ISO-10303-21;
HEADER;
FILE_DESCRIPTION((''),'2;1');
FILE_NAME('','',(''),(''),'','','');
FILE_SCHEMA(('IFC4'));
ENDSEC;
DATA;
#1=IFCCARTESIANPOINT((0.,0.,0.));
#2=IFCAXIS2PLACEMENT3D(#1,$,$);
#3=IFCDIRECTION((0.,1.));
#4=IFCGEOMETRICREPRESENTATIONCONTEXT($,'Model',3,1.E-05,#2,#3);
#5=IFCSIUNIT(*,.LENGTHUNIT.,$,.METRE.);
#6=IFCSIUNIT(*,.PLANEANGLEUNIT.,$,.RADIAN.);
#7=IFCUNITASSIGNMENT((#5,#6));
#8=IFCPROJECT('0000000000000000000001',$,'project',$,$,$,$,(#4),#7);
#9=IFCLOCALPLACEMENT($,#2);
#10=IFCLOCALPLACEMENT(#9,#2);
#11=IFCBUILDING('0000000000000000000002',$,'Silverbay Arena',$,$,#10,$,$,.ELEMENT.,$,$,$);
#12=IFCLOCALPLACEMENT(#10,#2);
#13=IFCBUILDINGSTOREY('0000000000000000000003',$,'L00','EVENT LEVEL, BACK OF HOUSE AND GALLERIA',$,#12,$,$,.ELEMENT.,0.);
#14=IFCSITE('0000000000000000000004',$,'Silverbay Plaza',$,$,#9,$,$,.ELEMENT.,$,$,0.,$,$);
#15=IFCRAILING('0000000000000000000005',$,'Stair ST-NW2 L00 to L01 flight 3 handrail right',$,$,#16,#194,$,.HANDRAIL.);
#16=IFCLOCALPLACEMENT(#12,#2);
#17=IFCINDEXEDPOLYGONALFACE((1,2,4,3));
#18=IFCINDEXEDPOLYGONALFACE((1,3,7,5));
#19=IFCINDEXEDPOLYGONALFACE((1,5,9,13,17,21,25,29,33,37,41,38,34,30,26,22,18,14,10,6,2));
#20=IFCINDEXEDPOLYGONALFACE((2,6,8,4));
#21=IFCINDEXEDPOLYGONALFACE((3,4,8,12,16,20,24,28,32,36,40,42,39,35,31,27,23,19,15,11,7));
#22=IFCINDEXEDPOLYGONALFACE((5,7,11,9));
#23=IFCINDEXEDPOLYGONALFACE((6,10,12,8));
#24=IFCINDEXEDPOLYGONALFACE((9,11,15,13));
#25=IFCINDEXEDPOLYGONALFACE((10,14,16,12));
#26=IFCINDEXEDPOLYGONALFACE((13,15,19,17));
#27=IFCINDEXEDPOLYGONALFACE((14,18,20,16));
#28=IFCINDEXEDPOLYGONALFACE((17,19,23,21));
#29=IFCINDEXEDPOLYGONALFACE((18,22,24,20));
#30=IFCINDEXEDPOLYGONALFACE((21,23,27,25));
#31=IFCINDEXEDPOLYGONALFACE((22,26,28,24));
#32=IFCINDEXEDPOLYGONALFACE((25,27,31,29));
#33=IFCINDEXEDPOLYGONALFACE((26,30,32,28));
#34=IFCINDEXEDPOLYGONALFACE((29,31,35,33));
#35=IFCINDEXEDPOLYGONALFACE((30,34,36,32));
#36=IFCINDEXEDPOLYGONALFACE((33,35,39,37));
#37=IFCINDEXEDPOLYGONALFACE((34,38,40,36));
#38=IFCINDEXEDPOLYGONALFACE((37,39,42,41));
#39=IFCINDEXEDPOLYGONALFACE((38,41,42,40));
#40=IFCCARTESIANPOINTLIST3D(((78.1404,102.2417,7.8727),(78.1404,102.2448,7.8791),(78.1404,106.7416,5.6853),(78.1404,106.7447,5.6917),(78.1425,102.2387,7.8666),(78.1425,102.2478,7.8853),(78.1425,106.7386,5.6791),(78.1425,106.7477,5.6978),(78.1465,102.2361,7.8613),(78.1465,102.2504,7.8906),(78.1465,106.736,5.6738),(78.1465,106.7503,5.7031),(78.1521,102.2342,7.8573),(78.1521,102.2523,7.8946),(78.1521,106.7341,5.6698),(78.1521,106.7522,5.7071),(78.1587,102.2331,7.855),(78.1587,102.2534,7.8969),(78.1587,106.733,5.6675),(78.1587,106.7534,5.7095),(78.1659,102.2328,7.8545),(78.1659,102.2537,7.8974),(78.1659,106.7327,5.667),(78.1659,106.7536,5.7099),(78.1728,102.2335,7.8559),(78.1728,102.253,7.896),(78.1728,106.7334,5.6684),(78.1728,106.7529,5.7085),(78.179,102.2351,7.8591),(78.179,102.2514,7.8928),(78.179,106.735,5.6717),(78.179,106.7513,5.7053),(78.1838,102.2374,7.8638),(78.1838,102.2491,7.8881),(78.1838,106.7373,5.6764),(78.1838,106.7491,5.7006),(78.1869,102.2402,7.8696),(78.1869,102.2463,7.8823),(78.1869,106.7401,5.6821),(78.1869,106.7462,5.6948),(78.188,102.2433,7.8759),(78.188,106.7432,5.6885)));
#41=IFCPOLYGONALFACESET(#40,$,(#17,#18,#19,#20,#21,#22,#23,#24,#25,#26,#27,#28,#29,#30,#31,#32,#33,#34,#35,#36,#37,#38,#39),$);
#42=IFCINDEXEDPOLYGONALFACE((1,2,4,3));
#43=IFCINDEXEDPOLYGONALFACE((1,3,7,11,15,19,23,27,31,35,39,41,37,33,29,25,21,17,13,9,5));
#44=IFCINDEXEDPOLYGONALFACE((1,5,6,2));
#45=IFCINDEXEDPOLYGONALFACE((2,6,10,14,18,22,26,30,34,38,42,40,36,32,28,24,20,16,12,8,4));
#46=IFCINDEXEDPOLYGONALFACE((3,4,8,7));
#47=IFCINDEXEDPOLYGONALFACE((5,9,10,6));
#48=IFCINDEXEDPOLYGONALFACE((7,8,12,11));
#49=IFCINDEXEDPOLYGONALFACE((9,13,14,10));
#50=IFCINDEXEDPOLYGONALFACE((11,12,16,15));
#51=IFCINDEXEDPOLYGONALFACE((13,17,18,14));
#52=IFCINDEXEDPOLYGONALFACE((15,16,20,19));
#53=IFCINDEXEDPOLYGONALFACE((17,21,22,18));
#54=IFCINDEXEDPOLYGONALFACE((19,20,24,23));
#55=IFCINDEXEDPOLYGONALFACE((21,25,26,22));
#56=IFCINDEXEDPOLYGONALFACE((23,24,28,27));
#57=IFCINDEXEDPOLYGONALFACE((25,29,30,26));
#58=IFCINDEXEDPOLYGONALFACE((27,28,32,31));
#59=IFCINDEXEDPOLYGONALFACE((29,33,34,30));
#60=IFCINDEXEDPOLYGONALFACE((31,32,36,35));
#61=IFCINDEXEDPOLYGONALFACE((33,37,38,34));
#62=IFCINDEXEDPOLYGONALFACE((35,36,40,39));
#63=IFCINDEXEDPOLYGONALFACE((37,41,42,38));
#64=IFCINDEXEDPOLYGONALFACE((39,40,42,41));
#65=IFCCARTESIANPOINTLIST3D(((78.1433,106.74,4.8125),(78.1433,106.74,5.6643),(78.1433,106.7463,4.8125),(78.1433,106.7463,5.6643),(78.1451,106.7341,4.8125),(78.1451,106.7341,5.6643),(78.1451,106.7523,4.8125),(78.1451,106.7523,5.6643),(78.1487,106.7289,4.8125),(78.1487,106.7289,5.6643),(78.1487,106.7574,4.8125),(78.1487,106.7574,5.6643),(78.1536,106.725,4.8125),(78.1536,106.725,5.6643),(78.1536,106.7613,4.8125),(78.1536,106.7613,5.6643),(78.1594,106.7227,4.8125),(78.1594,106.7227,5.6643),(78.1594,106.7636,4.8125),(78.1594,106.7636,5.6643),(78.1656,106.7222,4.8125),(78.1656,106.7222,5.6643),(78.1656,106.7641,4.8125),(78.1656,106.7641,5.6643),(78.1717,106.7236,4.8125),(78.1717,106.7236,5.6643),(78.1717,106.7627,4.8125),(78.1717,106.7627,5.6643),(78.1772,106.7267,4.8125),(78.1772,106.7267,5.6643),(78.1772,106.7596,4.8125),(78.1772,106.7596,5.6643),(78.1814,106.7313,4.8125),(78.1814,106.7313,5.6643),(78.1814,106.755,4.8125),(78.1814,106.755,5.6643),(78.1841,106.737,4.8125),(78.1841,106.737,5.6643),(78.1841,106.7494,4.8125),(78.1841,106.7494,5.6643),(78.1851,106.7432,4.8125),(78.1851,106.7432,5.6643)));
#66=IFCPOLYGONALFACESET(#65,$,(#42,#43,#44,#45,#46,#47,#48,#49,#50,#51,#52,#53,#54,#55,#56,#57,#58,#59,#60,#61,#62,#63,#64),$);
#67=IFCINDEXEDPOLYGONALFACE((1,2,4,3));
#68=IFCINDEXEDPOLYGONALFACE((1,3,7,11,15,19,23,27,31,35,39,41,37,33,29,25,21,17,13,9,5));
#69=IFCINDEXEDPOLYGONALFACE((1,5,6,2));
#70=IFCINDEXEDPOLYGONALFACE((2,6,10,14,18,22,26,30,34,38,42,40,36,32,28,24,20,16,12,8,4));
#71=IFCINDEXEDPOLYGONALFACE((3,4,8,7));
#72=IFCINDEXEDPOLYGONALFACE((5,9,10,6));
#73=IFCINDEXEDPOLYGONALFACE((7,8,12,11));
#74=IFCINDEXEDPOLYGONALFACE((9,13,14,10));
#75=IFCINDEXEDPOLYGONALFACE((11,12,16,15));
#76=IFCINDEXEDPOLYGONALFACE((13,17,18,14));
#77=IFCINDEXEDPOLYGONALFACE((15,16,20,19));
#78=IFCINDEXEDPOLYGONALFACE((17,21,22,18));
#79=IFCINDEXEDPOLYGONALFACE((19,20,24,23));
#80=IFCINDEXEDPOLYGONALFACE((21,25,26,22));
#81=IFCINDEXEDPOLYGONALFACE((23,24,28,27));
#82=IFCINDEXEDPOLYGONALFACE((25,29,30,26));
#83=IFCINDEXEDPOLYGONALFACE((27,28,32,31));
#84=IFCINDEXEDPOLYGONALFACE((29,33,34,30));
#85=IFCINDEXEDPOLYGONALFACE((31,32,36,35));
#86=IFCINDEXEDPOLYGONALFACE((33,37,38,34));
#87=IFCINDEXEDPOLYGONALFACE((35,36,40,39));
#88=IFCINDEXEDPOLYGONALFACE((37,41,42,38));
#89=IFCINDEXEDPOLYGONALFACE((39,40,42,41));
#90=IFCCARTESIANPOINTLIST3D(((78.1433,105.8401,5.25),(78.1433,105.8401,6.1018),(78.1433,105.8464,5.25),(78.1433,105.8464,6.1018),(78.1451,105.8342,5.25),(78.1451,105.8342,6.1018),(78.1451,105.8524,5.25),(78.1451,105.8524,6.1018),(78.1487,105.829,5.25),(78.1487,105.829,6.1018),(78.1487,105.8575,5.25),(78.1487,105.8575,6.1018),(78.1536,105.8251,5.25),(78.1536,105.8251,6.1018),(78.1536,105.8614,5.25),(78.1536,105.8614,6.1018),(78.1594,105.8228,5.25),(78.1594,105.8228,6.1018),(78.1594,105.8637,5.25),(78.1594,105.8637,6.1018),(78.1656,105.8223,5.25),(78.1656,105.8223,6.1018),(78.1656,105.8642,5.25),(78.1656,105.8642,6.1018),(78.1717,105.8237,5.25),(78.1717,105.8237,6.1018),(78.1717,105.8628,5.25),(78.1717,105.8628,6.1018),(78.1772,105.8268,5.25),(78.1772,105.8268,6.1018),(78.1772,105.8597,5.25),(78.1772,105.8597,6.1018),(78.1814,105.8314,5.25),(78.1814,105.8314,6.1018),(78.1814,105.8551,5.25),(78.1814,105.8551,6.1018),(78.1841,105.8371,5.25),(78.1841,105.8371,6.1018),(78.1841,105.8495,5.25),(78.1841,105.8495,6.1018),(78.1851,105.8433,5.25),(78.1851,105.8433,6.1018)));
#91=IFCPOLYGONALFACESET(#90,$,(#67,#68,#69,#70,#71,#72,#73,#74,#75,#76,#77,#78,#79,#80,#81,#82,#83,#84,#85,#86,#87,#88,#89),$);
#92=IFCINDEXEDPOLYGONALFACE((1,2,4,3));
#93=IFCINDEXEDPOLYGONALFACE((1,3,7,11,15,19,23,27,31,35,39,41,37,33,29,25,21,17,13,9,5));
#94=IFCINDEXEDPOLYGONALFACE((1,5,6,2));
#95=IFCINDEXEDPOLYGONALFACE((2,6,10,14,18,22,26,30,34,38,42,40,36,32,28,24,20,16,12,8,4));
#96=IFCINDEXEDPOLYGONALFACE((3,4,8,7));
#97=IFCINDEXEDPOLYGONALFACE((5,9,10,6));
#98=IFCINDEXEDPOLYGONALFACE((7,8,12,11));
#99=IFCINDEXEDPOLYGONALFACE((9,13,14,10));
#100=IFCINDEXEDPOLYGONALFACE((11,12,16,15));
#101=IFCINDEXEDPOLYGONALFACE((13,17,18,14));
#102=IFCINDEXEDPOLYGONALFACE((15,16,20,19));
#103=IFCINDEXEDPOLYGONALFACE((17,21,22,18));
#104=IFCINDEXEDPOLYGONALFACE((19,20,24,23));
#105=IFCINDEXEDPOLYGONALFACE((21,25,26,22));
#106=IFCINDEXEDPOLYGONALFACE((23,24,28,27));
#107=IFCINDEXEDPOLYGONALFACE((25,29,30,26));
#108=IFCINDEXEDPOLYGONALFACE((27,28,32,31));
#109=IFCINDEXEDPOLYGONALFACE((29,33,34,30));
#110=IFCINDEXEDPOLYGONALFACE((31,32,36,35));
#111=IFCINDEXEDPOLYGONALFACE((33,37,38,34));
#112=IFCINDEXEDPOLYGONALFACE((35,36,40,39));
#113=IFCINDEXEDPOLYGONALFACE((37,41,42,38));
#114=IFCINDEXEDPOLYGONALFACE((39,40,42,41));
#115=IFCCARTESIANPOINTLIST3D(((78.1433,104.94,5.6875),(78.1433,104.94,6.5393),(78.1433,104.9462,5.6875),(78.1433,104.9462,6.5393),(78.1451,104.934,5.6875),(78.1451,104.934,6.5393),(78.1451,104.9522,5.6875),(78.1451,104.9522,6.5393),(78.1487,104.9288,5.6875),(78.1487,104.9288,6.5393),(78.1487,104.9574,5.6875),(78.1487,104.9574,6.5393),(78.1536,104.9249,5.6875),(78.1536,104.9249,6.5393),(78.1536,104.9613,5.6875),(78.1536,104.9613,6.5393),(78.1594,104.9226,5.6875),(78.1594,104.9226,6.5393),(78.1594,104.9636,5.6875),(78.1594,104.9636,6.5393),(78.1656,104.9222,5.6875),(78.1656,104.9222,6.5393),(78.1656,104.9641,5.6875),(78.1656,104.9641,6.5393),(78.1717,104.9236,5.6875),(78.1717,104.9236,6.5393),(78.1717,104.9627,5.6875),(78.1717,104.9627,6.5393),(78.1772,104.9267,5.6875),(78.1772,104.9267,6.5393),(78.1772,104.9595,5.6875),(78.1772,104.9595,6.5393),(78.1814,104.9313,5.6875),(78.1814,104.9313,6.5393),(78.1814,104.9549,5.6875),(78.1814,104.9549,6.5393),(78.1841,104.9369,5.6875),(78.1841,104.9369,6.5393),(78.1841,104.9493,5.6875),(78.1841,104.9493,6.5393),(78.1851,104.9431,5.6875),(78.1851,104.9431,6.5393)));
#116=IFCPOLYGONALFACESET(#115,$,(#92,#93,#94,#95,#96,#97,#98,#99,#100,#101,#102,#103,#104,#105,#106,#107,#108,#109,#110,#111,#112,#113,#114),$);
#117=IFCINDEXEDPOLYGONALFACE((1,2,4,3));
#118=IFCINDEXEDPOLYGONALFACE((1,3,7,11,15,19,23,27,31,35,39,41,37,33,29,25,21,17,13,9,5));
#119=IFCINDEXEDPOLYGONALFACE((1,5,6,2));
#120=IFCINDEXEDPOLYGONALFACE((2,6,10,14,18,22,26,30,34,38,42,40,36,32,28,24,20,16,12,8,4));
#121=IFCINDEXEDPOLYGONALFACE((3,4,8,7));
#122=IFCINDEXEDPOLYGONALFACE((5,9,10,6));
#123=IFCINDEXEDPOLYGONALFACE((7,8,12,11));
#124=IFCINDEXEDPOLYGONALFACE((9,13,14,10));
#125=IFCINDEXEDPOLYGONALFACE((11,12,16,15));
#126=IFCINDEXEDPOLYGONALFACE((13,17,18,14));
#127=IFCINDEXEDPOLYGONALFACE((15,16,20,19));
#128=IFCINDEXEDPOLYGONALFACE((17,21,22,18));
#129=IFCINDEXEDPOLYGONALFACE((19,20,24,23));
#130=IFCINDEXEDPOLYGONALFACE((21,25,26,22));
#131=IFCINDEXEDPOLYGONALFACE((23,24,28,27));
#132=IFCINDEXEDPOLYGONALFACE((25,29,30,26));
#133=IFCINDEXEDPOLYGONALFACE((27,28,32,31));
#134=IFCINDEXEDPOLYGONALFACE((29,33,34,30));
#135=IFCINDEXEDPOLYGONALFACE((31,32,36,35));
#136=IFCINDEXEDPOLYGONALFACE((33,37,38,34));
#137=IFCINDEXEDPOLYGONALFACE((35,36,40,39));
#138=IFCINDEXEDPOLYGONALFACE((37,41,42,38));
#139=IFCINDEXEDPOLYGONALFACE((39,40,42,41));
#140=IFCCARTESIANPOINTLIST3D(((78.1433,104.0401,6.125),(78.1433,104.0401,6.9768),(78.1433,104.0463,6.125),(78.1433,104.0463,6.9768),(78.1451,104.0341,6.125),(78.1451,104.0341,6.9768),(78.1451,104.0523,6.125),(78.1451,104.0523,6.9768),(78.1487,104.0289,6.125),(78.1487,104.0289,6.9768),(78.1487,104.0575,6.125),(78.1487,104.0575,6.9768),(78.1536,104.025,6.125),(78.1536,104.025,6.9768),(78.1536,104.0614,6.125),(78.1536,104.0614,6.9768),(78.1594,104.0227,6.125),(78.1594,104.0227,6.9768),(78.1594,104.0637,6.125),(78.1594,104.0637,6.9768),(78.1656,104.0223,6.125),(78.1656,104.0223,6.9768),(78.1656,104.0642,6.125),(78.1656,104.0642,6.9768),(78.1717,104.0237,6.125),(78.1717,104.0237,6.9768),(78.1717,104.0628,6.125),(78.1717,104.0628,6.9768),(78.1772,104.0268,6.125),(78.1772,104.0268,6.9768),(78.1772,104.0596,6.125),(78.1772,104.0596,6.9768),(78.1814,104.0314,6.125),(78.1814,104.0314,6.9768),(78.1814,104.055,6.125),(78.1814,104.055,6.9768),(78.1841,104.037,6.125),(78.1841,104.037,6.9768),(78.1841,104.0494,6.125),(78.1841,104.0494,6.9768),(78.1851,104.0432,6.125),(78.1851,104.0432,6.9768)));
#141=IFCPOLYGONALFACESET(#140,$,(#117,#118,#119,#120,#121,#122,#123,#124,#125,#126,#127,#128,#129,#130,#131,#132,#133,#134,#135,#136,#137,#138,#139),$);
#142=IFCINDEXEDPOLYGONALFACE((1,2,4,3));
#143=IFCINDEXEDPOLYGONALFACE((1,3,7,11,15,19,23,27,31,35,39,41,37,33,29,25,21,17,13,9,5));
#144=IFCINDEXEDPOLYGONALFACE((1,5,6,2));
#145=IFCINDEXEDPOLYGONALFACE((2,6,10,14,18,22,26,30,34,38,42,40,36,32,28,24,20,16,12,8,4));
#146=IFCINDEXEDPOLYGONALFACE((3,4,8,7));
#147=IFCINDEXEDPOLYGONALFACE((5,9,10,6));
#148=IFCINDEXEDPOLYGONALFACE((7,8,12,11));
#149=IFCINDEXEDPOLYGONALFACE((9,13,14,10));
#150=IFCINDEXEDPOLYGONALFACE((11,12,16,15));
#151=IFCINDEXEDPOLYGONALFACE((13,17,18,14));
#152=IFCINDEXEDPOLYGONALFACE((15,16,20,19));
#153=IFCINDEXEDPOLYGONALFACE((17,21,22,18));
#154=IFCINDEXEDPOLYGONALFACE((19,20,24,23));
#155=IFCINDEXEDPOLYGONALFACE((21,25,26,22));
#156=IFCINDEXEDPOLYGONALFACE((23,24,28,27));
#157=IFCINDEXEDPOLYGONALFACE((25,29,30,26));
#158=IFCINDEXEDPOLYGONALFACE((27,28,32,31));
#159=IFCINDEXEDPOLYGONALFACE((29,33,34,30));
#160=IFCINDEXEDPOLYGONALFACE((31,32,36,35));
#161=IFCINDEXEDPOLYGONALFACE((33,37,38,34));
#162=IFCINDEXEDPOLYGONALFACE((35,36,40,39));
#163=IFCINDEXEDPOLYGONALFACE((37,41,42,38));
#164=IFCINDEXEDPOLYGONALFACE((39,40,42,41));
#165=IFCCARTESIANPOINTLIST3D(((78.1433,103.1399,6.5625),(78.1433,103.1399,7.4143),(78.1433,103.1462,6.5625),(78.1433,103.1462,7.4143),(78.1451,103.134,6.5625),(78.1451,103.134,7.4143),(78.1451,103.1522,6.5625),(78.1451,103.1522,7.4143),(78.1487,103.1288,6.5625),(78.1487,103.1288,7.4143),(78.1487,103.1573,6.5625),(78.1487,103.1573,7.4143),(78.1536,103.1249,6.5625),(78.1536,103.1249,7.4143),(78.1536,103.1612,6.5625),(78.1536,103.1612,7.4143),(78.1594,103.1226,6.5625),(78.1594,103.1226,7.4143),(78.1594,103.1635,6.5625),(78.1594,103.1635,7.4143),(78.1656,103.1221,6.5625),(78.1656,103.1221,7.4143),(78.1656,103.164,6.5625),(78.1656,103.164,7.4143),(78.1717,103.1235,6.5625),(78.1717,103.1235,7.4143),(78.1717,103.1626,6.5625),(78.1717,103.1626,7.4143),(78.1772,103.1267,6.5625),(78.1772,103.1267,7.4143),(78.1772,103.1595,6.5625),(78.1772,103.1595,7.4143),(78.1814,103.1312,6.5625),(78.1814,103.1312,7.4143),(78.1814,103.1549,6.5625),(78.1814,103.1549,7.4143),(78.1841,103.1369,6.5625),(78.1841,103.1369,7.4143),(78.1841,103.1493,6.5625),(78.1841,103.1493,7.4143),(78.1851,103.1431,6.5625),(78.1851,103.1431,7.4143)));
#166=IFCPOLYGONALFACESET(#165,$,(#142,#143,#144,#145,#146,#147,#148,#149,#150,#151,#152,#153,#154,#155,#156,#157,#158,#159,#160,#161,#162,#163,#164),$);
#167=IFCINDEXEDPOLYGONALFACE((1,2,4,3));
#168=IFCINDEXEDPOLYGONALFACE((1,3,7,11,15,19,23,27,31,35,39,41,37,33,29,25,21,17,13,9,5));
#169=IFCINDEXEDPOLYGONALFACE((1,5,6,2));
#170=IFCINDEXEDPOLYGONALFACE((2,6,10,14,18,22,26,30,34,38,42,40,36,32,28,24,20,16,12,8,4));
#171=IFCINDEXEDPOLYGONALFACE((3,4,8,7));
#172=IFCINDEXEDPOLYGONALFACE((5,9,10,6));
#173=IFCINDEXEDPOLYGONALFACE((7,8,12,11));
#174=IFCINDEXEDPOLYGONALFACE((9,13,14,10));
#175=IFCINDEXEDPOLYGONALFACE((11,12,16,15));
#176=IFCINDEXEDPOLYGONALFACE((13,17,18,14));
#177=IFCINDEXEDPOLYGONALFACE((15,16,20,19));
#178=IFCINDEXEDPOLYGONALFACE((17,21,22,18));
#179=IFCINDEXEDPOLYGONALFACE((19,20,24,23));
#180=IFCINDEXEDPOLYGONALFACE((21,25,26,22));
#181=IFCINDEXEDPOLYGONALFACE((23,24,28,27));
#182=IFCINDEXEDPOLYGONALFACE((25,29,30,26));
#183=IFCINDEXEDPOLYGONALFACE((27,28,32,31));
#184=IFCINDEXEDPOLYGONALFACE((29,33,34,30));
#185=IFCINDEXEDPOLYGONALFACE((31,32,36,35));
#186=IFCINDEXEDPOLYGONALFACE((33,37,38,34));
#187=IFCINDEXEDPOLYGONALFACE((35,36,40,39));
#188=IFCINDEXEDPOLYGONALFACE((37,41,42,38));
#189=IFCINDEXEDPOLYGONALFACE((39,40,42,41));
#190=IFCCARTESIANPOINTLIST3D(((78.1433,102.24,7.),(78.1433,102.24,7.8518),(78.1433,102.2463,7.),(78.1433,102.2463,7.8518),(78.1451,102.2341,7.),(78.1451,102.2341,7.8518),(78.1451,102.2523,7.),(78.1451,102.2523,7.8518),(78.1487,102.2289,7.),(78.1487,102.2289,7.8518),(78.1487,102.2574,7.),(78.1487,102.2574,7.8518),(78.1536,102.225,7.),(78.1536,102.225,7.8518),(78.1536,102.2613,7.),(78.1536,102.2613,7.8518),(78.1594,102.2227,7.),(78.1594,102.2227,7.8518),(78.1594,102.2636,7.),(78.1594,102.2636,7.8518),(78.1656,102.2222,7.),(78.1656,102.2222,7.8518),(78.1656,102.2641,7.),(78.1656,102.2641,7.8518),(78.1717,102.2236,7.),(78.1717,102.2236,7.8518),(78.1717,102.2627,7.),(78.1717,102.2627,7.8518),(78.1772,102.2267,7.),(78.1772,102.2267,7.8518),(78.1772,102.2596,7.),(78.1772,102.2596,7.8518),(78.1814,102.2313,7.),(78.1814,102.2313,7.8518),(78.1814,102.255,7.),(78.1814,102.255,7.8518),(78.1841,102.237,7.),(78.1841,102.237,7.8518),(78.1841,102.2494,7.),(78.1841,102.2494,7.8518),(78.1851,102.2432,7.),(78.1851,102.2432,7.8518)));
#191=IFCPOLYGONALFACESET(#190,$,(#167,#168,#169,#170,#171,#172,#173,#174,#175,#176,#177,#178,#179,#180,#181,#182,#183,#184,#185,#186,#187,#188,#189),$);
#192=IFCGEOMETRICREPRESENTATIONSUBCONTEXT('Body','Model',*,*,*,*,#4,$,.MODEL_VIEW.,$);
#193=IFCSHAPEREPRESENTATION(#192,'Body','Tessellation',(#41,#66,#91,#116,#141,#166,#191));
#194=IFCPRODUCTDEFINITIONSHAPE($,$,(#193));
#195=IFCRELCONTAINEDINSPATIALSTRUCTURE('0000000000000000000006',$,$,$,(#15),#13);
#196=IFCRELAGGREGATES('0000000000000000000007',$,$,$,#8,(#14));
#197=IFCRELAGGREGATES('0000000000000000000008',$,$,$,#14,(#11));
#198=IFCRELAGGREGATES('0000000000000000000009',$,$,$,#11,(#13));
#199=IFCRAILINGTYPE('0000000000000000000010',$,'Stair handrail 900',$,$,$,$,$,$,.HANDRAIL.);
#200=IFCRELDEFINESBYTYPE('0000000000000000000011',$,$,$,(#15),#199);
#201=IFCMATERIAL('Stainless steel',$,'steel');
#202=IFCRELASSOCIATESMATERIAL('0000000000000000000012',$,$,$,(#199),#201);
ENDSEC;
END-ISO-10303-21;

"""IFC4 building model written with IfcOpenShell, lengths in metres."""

from ifc_helpers import new_model, si_unit, direction, frame, origin, origin_2d, place, context, subcontext, project, spatial, circle, extrude, material, type_object, element, save


model = new_model("IFC4")

# Units and contexts
model_context = context("Model", 3, precision=1e-05, world=origin(), true_north=direction((0.0, 1.0)))
body_context = subcontext(model_context, "Body", "Model", "MODEL_VIEW")
ifc_project = project(units=[si_unit("LENGTHUNIT", "METRE"), si_unit("PLANEANGLEUNIT", "RADIAN")], contexts=[model_context])

# Site, building, storey
site_placement = place(None, origin())
site = spatial("IfcSite", under=ifc_project, at=site_placement, Name="Silverbay Plaza", CompositionType="ELEMENT", RefElevation=0.0)
building_placement = place(site_placement, origin())
building = spatial("IfcBuilding", under=site, at=building_placement, Name="Silverbay Arena", CompositionType="ELEMENT")
storey_placement = place(building_placement, origin())
storey = spatial("IfcBuildingStorey", under=building, at=storey_placement, Name="L00", Description="EVENT LEVEL, BACK OF HOUSE AND GALLERIA", CompositionType="ELEMENT", Elevation=0.0)

# Railing
ifc_material_1 = material(Name="Stainless steel", Category="steel")
railing_type_1 = type_object("IfcRailingType", Name="Stair handrail 900", PredefinedType="HANDRAIL", material=ifc_material_1)
for number, where, name in (
    (1, (78.1641, 106.7432, 4.8125), "Stair ST-NW2 L00 to L01 flight 3 handrail right"),
):
    element("IfcRailing", number, at=place(storey_placement, frame(where)), inside=storey, type_object=railing_type_1, Name=name, PredefinedType="HANDRAIL", context=body_context, shape_type="SweptSolid", body=[
        extrude(circle(Radius=0.0239, at=origin_2d()), frame((0.0, 0.0, 0.876), z_axis=(0.0, -0.899368, 0.437193), x_axis=(1.0, 0.0, 0.0)), (0.0, 0.0, 1.0), 5.0034),
        extrude(circle(Radius=0.021, at=origin_2d()), origin(), (0.0, 0.0, 1.0), 0.8518),
        extrude(circle(Radius=0.021, at=origin_2d()), frame((0.0, -0.8999, 0.4375)), (0.0, 0.0, 1.0), 0.8518),
        extrude(circle(Radius=0.021, at=origin_2d()), frame((0.0, -1.8, 0.875)), (0.0, 0.0, 1.0), 0.8518),
        extrude(circle(Radius=0.021, at=origin_2d()), frame((0.0, -2.7, 1.3125)), (0.0, 0.0, 1.0), 0.8518),
        extrude(circle(Radius=0.021, at=origin_2d()), frame((0.0, -3.6001, 1.75)), (0.0, 0.0, 1.0), 0.8518),
        extrude(circle(Radius=0.021, at=origin_2d()), frame((0.0, -4.5, 2.1875)), (0.0, 0.0, 1.0), 0.8518),
    ])

save(model, "model.ifc")
